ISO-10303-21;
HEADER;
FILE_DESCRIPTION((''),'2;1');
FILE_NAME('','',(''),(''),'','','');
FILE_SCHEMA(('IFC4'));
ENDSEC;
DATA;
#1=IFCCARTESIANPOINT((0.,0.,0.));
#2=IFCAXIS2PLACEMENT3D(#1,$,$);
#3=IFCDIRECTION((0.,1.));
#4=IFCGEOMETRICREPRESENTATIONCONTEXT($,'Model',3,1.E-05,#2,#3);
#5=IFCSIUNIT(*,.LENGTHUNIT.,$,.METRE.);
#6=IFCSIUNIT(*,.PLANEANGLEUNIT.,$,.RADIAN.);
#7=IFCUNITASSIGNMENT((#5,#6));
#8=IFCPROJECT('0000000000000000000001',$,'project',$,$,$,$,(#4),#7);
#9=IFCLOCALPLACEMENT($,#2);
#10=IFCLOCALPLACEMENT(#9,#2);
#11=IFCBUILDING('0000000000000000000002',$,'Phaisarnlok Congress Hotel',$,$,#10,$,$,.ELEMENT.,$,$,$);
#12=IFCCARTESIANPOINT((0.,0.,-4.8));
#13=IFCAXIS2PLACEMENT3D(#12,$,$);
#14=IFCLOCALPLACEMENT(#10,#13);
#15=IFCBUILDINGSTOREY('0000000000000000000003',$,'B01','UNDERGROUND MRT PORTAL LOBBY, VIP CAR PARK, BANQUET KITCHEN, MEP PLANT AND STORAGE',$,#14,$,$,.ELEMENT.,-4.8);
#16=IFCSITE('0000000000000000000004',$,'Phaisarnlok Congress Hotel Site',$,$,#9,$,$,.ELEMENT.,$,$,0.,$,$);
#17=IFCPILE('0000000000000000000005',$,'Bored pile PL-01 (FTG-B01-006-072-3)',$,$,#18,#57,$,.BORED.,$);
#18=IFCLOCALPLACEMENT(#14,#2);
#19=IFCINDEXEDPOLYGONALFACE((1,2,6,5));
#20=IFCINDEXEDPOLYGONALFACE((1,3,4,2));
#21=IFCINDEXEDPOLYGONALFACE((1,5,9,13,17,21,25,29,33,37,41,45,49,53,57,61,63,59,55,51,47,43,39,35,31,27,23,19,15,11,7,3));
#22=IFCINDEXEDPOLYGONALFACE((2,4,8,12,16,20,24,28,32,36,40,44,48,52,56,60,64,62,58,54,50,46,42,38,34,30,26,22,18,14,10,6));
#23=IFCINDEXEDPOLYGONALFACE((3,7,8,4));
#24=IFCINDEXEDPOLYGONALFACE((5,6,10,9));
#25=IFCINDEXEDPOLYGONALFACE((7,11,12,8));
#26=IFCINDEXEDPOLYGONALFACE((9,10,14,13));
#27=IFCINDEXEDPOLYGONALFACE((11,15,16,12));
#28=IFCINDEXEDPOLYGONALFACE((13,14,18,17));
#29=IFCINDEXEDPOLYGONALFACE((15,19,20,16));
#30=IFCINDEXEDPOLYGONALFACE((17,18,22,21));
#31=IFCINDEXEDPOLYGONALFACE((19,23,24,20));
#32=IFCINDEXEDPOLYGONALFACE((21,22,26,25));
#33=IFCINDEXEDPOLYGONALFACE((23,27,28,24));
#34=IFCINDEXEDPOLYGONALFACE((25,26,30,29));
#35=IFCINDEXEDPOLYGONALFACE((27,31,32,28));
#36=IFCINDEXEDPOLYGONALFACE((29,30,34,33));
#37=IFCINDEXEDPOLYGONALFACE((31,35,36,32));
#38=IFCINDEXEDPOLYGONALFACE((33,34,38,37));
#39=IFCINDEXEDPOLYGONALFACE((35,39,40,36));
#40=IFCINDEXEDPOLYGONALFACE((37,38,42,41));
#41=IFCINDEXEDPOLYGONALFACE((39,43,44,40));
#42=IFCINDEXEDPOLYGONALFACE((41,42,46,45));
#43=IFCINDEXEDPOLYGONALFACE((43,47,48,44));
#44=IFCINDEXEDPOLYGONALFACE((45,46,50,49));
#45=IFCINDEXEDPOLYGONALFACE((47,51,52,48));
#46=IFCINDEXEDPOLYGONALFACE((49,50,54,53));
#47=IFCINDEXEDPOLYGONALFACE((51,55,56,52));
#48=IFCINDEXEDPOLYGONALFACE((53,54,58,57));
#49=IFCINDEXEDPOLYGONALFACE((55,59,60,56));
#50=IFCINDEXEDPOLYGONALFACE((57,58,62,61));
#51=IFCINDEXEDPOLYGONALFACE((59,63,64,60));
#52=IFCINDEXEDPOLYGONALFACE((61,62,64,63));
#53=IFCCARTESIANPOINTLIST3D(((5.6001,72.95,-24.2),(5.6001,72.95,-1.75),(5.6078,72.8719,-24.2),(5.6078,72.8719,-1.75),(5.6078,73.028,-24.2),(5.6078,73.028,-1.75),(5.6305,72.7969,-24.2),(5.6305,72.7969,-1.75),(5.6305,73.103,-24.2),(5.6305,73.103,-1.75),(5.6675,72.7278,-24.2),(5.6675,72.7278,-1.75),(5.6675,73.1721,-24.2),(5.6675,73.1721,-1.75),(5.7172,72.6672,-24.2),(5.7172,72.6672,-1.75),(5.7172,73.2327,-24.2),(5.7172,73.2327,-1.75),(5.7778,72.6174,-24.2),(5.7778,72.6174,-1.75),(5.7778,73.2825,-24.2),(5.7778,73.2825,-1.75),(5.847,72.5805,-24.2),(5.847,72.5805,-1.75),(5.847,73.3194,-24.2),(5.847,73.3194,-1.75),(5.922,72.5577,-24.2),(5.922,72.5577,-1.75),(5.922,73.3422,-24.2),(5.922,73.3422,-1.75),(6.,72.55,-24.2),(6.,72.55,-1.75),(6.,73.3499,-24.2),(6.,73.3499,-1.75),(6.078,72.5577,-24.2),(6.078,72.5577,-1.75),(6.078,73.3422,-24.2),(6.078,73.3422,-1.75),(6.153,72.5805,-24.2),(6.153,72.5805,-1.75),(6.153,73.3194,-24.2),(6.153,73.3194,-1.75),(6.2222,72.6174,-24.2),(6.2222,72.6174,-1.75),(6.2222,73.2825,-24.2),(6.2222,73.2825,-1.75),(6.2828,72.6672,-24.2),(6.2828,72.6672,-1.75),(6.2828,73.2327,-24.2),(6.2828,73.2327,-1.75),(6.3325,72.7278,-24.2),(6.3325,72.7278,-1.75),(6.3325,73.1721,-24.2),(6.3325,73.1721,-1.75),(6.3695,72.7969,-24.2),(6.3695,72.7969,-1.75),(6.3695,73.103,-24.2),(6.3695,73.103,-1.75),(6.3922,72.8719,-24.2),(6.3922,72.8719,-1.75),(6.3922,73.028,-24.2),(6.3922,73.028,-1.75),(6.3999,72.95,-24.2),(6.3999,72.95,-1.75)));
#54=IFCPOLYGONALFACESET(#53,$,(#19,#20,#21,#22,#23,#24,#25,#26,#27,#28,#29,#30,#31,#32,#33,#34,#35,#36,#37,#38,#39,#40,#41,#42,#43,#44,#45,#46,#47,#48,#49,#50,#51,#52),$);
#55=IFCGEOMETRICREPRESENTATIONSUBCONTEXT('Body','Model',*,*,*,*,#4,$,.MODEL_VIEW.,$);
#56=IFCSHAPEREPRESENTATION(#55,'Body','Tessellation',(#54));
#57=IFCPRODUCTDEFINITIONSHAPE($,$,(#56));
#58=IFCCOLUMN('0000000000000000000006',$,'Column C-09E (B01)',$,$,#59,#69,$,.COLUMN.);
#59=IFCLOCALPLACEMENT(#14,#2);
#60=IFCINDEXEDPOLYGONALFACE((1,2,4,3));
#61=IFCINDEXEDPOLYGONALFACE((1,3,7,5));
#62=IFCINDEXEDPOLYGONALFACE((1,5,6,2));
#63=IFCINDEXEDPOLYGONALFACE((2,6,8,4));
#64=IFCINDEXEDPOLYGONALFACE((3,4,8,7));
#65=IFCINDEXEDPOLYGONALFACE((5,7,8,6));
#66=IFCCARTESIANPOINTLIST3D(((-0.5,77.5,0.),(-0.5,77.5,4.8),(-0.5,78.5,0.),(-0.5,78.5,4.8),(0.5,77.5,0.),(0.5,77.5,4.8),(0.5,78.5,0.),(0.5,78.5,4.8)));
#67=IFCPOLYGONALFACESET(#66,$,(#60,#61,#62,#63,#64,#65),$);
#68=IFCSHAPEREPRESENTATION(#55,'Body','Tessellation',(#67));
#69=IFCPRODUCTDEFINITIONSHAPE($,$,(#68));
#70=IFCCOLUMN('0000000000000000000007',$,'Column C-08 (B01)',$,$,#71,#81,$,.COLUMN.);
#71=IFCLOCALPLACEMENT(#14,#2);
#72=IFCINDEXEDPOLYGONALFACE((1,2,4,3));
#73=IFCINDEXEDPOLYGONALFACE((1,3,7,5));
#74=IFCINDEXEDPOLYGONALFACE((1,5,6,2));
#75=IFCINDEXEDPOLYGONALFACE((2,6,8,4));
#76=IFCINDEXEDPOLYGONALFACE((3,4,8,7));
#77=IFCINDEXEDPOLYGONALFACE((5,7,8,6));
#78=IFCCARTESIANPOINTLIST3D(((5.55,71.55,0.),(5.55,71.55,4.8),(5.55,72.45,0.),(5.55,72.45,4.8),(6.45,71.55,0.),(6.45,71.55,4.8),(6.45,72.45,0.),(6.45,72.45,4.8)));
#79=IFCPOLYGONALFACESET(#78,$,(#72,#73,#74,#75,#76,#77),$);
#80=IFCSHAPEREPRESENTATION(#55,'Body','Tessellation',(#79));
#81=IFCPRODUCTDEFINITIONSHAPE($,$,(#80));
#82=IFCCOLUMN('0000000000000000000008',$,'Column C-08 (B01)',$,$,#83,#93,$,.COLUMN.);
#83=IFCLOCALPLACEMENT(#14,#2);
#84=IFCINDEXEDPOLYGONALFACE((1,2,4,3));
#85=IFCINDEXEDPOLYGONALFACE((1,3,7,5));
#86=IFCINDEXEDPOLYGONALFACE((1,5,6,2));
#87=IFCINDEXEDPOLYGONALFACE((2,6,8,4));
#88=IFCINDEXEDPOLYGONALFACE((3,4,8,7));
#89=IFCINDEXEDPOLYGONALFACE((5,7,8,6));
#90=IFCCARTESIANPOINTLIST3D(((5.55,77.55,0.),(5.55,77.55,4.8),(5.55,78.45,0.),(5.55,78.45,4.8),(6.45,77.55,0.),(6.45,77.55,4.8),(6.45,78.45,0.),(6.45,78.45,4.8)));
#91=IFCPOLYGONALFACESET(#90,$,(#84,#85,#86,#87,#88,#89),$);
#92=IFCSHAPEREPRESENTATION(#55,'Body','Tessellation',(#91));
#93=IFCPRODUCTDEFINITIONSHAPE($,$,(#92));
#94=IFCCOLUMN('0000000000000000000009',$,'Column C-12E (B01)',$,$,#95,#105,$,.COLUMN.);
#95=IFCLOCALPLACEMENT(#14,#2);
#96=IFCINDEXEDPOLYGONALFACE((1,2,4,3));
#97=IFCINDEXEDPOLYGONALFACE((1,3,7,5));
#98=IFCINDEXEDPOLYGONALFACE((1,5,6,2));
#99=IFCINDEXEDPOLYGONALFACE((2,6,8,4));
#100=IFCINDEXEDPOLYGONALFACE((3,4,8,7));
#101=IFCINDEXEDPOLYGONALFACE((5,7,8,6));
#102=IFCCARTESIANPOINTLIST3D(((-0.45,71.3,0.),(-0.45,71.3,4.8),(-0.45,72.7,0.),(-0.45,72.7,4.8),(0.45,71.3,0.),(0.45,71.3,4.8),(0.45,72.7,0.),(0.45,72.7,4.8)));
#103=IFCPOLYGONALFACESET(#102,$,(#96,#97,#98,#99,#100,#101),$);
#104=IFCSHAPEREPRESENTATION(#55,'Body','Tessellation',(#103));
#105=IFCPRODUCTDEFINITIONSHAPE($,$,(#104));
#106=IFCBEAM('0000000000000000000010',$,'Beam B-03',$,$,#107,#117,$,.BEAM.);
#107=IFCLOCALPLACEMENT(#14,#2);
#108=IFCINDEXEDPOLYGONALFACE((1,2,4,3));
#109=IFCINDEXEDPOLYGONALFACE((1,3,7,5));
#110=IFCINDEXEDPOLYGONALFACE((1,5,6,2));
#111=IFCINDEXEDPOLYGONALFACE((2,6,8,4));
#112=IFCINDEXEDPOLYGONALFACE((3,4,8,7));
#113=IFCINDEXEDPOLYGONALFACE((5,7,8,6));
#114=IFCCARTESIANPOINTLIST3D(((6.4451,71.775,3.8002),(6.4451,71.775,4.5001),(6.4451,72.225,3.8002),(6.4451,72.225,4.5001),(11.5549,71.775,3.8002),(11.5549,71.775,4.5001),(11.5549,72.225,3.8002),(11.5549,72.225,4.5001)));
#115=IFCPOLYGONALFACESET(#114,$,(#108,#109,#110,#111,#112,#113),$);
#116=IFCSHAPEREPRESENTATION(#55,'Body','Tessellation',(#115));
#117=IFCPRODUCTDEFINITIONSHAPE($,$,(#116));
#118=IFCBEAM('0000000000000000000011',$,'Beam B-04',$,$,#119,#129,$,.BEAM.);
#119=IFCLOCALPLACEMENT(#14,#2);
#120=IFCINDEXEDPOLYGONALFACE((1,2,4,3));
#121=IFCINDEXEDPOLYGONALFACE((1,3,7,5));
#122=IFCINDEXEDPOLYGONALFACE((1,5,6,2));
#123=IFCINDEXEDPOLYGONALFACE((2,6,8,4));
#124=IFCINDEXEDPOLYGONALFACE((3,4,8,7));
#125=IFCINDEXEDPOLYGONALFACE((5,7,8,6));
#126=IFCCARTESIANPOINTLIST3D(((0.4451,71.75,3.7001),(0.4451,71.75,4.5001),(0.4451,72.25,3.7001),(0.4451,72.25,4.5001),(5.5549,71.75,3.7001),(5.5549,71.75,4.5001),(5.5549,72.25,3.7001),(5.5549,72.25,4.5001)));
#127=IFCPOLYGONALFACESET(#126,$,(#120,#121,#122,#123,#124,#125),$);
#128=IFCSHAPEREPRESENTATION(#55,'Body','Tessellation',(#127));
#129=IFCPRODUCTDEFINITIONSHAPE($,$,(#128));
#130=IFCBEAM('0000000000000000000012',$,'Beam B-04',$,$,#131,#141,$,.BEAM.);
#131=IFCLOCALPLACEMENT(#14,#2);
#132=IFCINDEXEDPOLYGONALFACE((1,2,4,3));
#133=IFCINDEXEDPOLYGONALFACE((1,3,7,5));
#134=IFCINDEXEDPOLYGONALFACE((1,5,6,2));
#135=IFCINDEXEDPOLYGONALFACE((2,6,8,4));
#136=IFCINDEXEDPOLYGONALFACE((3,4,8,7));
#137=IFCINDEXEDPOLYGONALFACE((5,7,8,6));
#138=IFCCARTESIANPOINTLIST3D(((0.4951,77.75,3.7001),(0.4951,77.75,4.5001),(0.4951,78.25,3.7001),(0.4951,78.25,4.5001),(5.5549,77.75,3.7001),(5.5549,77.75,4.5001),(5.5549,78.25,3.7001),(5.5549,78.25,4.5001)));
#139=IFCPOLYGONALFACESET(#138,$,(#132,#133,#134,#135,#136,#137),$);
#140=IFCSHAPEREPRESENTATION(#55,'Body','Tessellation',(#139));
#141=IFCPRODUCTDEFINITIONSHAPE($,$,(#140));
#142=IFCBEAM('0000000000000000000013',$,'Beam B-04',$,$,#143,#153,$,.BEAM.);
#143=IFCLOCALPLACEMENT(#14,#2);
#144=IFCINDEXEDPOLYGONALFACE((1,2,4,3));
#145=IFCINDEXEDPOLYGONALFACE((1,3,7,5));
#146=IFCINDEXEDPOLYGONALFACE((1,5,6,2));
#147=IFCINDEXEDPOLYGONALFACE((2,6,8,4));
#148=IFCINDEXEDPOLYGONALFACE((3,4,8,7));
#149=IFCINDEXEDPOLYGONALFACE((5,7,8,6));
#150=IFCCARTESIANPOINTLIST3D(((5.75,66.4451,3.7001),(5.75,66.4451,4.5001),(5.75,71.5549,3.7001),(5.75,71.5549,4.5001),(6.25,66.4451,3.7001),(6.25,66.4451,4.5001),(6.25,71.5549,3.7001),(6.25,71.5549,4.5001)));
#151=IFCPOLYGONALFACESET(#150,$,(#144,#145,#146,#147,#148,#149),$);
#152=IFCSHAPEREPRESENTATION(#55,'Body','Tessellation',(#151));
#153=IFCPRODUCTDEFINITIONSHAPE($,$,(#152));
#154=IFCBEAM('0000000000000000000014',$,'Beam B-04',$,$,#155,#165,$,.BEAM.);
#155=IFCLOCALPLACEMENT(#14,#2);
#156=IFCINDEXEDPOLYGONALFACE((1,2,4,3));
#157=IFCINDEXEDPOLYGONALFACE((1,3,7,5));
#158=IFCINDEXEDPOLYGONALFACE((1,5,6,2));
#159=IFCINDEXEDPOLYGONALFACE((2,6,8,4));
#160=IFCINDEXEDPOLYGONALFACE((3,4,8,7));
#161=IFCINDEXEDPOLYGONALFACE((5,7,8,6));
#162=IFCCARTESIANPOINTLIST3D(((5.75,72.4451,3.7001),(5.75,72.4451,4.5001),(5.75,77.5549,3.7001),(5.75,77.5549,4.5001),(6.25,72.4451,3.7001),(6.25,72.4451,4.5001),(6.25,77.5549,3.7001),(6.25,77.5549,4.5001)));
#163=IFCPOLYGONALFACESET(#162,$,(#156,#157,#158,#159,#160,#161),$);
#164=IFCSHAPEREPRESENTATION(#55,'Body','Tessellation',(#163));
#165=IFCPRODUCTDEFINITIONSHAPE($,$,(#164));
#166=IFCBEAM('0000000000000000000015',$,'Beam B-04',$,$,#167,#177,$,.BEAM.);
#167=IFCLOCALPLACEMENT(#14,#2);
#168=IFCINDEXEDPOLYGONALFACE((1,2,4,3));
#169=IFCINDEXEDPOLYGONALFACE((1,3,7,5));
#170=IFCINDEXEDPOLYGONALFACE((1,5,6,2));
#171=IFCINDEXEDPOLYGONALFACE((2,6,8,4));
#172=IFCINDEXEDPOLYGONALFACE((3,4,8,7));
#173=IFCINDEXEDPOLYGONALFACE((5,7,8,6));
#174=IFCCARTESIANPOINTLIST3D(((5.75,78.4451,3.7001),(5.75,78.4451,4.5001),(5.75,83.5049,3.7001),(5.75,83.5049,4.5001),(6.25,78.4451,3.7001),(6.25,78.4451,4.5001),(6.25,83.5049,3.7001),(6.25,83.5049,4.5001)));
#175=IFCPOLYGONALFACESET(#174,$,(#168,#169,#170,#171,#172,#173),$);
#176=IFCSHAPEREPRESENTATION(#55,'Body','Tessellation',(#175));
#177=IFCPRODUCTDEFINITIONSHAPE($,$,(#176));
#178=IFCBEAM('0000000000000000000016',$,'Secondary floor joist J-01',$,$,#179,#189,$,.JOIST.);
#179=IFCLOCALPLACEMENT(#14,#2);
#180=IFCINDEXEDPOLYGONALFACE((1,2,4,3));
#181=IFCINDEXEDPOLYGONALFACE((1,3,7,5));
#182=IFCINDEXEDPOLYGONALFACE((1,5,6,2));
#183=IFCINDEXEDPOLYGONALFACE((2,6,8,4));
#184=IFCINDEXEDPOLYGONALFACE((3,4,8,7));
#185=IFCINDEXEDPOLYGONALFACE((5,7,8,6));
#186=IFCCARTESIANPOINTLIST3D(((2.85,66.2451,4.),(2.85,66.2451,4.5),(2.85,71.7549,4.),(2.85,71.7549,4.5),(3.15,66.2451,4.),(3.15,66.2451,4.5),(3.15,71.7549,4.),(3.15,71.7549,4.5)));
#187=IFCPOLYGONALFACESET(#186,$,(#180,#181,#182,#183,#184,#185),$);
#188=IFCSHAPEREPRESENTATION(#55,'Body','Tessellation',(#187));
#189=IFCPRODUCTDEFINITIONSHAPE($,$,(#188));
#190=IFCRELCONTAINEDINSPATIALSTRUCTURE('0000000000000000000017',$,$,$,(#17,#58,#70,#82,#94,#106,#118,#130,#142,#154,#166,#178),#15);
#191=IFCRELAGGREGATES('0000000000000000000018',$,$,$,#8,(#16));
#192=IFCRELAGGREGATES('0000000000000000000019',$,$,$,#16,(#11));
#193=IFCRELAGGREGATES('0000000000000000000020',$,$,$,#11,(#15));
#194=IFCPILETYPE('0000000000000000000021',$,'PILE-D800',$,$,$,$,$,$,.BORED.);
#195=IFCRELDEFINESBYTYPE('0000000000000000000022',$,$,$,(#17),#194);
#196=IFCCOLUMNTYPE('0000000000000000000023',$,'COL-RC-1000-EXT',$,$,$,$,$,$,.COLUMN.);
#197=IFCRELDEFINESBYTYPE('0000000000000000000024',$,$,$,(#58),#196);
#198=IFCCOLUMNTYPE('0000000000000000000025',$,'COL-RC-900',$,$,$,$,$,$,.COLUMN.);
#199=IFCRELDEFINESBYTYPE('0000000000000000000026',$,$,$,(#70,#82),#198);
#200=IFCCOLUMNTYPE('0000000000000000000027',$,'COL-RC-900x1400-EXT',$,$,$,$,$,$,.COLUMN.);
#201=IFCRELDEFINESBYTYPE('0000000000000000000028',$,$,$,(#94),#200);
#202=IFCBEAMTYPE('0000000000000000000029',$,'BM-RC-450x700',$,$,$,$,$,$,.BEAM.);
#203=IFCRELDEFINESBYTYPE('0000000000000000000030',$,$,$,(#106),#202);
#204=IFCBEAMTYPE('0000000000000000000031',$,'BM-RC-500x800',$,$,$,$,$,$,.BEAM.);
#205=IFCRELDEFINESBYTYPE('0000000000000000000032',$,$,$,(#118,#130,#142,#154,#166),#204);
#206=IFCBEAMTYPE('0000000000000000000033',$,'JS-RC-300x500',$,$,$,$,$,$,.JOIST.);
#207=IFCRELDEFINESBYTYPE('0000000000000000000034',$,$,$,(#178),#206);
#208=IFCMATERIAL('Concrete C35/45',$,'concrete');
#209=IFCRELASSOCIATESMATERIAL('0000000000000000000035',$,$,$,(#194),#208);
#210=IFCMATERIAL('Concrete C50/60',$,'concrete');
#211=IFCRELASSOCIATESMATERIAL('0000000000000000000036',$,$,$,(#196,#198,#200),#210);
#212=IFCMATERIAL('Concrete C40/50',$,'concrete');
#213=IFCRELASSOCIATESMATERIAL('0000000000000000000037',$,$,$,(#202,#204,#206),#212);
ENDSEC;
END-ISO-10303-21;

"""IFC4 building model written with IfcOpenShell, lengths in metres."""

from ifc_helpers import new_model, si_unit, direction, frame, origin, origin_2d, place, context, subcontext, project, spatial, rectangle, circle, extrude, material, material_profile, profile_set, type_object, element, save


model = new_model("IFC4")

# Units and contexts
model_context = context("Model", 3, precision=1e-05, world=origin(), true_north=direction((0.0, 1.0)))
body_context = subcontext(model_context, "Body", "Model", "MODEL_VIEW")
ifc_project = project(units=[si_unit("LENGTHUNIT", "METRE"), si_unit("PLANEANGLEUNIT", "RADIAN")], contexts=[model_context])

# Site, building, storey
site_placement = place(None, origin())
site = spatial("IfcSite", under=ifc_project, at=site_placement, Name="Phaisarnlok Congress Hotel Site", CompositionType="ELEMENT", RefElevation=0.0)
building_placement = place(site_placement, origin())
building = spatial("IfcBuilding", under=site, at=building_placement, Name="Phaisarnlok Congress Hotel", CompositionType="ELEMENT")
storey_placement = place(building_placement, frame((0.0, 0.0, -4.8)))
storey = spatial("IfcBuildingStorey", under=building, at=storey_placement, Name="B01", Description="UNDERGROUND MRT PORTAL LOBBY, VIP CAR PARK, BANQUET KITCHEN, MEP PLANT AND STORAGE", CompositionType="ELEMENT", Elevation=-4.8)

# Shared definitions
ifc_material_1 = material(Name="Concrete C40/50", Category="concrete")

# Pile
ifc_material_2 = material(Name="Concrete C35/45", Category="concrete")
ifc_material_profile_1 = material_profile(ifc_material_2, circle(Radius=0.3999, at=origin_2d()), Name="BORED PILE D800")
ifc_profile_set_1 = profile_set([ifc_material_profile_1], Name="Concrete C35/45")
pile_type_1 = type_object("IfcPileType", Name="PILE-D800", PredefinedType="BORED", material=ifc_profile_set_1)
for number, where, z_axis, x_axis, name in (
    (1, (6.0, 72.95, -1.75), (0.0, 0.0, -1.0), (1.0, 0.0, 0.0), "Bored pile PL-01 (FTG-B01-006-072-3)"),
):
    element("IfcPile", number, at=place(storey_placement, frame(where, z_axis=z_axis, x_axis=x_axis)), inside=storey, type_object=pile_type_1, Name=name, PredefinedType="BORED", context=body_context, shape_type="SweptSolid", body=[
        extrude(circle(Radius=0.3999, at=origin_2d()), origin(), (0.0, 0.0, 1.0), 22.45),
    ])

# Columns
ifc_material_3 = material(Name="Concrete C50/60", Category="concrete")
ifc_material_profile_2 = material_profile(ifc_material_3, rectangle(XDim=1.0, YDim=1.0, at=origin_2d()), Name="RC 1000x1000")
ifc_profile_set_2 = profile_set([ifc_material_profile_2], Name="Concrete C50/60")
column_type_1 = type_object("IfcColumnType", Name="COL-RC-1000-EXT", PredefinedType="COLUMN", material=ifc_profile_set_2)
column_1_placement = place(storey_placement, frame((0.0, 78.0, 0.0), z_axis=(0.0, 0.0, 1.0), x_axis=(1.0, 0.0, 0.0)))
element("IfcColumn", 2, at=column_1_placement, inside=storey, type_object=column_type_1, Name="Column C-09E (B01)", PredefinedType="COLUMN", context=body_context, shape_type="SweptSolid", body=[
    extrude(rectangle(XDim=1.0, YDim=1.0, at=origin_2d()), origin(), (0.0, 0.0, 1.0), 4.8),
])
ifc_material_profile_3 = material_profile(ifc_material_3, rectangle(XDim=0.8999, YDim=0.8999, at=origin_2d()), Name="RC 900x900")
ifc_profile_set_3 = profile_set([ifc_material_profile_3], Name="Concrete C50/60")
column_type_2 = type_object("IfcColumnType", Name="COL-RC-900", PredefinedType="COLUMN", material=ifc_profile_set_3)
for number, where, z_axis, x_axis, name in (
    (3, (6.0, 72.0, 0.0), (0.0, 0.0, 1.0), (1.0, 0.0, 0.0), "Column C-08 (B01)"),
    (4, (6.0, 78.0, 0.0), (0.0, 0.0, 1.0), (1.0, 0.0, 0.0), "Column C-08 (B01)"),
):
    element("IfcColumn", number, at=place(storey_placement, frame(where, z_axis=z_axis, x_axis=x_axis)), inside=storey, type_object=column_type_2, Name=name, PredefinedType="COLUMN", context=body_context, shape_type="SweptSolid", body=[
        extrude(rectangle(XDim=0.8999, YDim=0.8999, at=origin_2d()), origin(), (0.0, 0.0, 1.0), 4.8),
    ])
ifc_material_profile_4 = material_profile(ifc_material_3, rectangle(XDim=0.8999, YDim=1.3999, at=origin_2d()), Name="RC 900x1400")
ifc_profile_set_4 = profile_set([ifc_material_profile_4], Name="Concrete C50/60")
column_type_3 = type_object("IfcColumnType", Name="COL-RC-900x1400-EXT", PredefinedType="COLUMN", material=ifc_profile_set_4)
column_2_placement = place(storey_placement, frame((0.0, 72.0, 0.0), z_axis=(0.0, 0.0, 1.0), x_axis=(1.0, 0.0, 0.0)))
element("IfcColumn", 5, at=column_2_placement, inside=storey, type_object=column_type_3, Name="Column C-12E (B01)", PredefinedType="COLUMN", context=body_context, shape_type="SweptSolid", body=[
    extrude(rectangle(XDim=0.8999, YDim=1.3999, at=origin_2d()), origin(), (0.0, 0.0, 1.0), 4.8),
])

# Beams
ifc_material_profile_5 = material_profile(ifc_material_1, rectangle(XDim=0.45, YDim=0.7, at=origin_2d()), Name="RC 450x700")
ifc_profile_set_5 = profile_set([ifc_material_profile_5], Name="Concrete C40/50")
beam_type_1 = type_object("IfcBeamType", Name="BM-RC-450x700", PredefinedType="BEAM", material=ifc_profile_set_5)
beam_1_placement = place(storey_placement, frame((6.4451, 72.0, 4.1501), z_axis=(1.0, 0.0, 0.0), x_axis=(0.0, 1.0, 0.0)))
element("IfcBeam", 6, at=beam_1_placement, inside=storey, type_object=beam_type_1, Name="Beam B-03", PredefinedType="BEAM", context=body_context, shape_type="SweptSolid", body=[
    extrude(rectangle(XDim=0.45, YDim=0.7, at=origin_2d()), origin(), (0.0, 0.0, 1.0), 5.1099),
])
ifc_material_profile_6 = material_profile(ifc_material_1, rectangle(XDim=0.5, YDim=0.8, at=origin_2d()), Name="RC 500x800")
ifc_profile_set_6 = profile_set([ifc_material_profile_6], Name="Concrete C40/50")
beam_type_2 = type_object("IfcBeamType", Name="BM-RC-500x800", PredefinedType="BEAM", material=ifc_profile_set_6)
beam_2_placement = place(storey_placement, frame((0.4451, 72.0, 4.1001), z_axis=(1.0, 0.0, 0.0), x_axis=(0.0, 1.0, 0.0)))
element("IfcBeam", 7, at=beam_2_placement, inside=storey, type_object=beam_type_2, Name="Beam B-04", PredefinedType="BEAM", context=body_context, shape_type="SweptSolid", body=[
    extrude(rectangle(XDim=0.5, YDim=0.8, at=origin_2d()), origin(), (0.0, 0.0, 1.0), 5.1099),
])
beam_3_placement = place(storey_placement, frame((0.4951, 78.0, 4.1001), z_axis=(1.0, 0.0, 0.0), x_axis=(0.0, 1.0, 0.0)))
element("IfcBeam", 8, at=beam_3_placement, inside=storey, type_object=beam_type_2, Name="Beam B-04", PredefinedType="BEAM", context=body_context, shape_type="SweptSolid", body=[
    extrude(rectangle(XDim=0.5, YDim=0.8, at=origin_2d()), origin(), (0.0, 0.0, 1.0), 5.0598),
])
for number, where, z_axis, x_axis, name in (
    (9, (6.0, 66.4451, 4.1001), (0.0, 1.0, 0.0), (-1.0, 0.0, 0.0), "Beam B-04"),
    (10, (6.0, 72.4451, 4.1001), (0.0, 1.0, 0.0), (-1.0, 0.0, 0.0), "Beam B-04"),
):
    element("IfcBeam", number, at=place(storey_placement, frame(where, z_axis=z_axis, x_axis=x_axis)), inside=storey, type_object=beam_type_2, Name=name, PredefinedType="BEAM", context=body_context, shape_type="SweptSolid", body=[
        extrude(rectangle(XDim=0.5, YDim=0.8, at=origin_2d()), origin(), (0.0, 0.0, 1.0), 5.1099),
    ])
beam_4_placement = place(storey_placement, frame((6.0, 78.4451, 4.1001), z_axis=(0.0, 1.0, 0.0), x_axis=(-1.0, 0.0, 0.0)))
element("IfcBeam", 11, at=beam_4_placement, inside=storey, type_object=beam_type_2, Name="Beam B-04", PredefinedType="BEAM", context=body_context, shape_type="SweptSolid", body=[
    extrude(rectangle(XDim=0.5, YDim=0.8, at=origin_2d()), origin(), (0.0, 0.0, 1.0), 5.0598),
])
ifc_material_profile_7 = material_profile(ifc_material_1, rectangle(XDim=0.3, YDim=0.5, at=origin_2d()), Name="RC 300x500")
ifc_profile_set_7 = profile_set([ifc_material_profile_7], Name="Concrete C40/50")
beam_type_3 = type_object("IfcBeamType", Name="JS-RC-300x500", PredefinedType="JOIST", material=ifc_profile_set_7)
for number, where, z_axis, x_axis, name in (
    (12, (3.0, 66.2451, 4.25), (0.0, 1.0, 0.0), (-1.0, 0.0, 0.0), "Secondary floor joist J-01"),
):
    element("IfcBeam", number, at=place(storey_placement, frame(where, z_axis=z_axis, x_axis=x_axis)), inside=storey, type_object=beam_type_3, Name=name, PredefinedType="JOIST", context=body_context, shape_type="SweptSolid", body=[
        extrude(rectangle(XDim=0.3, YDim=0.5, at=origin_2d()), origin(), (0.0, 0.0, 1.0), 5.5098),
    ])

save(model, "model.ifc")
